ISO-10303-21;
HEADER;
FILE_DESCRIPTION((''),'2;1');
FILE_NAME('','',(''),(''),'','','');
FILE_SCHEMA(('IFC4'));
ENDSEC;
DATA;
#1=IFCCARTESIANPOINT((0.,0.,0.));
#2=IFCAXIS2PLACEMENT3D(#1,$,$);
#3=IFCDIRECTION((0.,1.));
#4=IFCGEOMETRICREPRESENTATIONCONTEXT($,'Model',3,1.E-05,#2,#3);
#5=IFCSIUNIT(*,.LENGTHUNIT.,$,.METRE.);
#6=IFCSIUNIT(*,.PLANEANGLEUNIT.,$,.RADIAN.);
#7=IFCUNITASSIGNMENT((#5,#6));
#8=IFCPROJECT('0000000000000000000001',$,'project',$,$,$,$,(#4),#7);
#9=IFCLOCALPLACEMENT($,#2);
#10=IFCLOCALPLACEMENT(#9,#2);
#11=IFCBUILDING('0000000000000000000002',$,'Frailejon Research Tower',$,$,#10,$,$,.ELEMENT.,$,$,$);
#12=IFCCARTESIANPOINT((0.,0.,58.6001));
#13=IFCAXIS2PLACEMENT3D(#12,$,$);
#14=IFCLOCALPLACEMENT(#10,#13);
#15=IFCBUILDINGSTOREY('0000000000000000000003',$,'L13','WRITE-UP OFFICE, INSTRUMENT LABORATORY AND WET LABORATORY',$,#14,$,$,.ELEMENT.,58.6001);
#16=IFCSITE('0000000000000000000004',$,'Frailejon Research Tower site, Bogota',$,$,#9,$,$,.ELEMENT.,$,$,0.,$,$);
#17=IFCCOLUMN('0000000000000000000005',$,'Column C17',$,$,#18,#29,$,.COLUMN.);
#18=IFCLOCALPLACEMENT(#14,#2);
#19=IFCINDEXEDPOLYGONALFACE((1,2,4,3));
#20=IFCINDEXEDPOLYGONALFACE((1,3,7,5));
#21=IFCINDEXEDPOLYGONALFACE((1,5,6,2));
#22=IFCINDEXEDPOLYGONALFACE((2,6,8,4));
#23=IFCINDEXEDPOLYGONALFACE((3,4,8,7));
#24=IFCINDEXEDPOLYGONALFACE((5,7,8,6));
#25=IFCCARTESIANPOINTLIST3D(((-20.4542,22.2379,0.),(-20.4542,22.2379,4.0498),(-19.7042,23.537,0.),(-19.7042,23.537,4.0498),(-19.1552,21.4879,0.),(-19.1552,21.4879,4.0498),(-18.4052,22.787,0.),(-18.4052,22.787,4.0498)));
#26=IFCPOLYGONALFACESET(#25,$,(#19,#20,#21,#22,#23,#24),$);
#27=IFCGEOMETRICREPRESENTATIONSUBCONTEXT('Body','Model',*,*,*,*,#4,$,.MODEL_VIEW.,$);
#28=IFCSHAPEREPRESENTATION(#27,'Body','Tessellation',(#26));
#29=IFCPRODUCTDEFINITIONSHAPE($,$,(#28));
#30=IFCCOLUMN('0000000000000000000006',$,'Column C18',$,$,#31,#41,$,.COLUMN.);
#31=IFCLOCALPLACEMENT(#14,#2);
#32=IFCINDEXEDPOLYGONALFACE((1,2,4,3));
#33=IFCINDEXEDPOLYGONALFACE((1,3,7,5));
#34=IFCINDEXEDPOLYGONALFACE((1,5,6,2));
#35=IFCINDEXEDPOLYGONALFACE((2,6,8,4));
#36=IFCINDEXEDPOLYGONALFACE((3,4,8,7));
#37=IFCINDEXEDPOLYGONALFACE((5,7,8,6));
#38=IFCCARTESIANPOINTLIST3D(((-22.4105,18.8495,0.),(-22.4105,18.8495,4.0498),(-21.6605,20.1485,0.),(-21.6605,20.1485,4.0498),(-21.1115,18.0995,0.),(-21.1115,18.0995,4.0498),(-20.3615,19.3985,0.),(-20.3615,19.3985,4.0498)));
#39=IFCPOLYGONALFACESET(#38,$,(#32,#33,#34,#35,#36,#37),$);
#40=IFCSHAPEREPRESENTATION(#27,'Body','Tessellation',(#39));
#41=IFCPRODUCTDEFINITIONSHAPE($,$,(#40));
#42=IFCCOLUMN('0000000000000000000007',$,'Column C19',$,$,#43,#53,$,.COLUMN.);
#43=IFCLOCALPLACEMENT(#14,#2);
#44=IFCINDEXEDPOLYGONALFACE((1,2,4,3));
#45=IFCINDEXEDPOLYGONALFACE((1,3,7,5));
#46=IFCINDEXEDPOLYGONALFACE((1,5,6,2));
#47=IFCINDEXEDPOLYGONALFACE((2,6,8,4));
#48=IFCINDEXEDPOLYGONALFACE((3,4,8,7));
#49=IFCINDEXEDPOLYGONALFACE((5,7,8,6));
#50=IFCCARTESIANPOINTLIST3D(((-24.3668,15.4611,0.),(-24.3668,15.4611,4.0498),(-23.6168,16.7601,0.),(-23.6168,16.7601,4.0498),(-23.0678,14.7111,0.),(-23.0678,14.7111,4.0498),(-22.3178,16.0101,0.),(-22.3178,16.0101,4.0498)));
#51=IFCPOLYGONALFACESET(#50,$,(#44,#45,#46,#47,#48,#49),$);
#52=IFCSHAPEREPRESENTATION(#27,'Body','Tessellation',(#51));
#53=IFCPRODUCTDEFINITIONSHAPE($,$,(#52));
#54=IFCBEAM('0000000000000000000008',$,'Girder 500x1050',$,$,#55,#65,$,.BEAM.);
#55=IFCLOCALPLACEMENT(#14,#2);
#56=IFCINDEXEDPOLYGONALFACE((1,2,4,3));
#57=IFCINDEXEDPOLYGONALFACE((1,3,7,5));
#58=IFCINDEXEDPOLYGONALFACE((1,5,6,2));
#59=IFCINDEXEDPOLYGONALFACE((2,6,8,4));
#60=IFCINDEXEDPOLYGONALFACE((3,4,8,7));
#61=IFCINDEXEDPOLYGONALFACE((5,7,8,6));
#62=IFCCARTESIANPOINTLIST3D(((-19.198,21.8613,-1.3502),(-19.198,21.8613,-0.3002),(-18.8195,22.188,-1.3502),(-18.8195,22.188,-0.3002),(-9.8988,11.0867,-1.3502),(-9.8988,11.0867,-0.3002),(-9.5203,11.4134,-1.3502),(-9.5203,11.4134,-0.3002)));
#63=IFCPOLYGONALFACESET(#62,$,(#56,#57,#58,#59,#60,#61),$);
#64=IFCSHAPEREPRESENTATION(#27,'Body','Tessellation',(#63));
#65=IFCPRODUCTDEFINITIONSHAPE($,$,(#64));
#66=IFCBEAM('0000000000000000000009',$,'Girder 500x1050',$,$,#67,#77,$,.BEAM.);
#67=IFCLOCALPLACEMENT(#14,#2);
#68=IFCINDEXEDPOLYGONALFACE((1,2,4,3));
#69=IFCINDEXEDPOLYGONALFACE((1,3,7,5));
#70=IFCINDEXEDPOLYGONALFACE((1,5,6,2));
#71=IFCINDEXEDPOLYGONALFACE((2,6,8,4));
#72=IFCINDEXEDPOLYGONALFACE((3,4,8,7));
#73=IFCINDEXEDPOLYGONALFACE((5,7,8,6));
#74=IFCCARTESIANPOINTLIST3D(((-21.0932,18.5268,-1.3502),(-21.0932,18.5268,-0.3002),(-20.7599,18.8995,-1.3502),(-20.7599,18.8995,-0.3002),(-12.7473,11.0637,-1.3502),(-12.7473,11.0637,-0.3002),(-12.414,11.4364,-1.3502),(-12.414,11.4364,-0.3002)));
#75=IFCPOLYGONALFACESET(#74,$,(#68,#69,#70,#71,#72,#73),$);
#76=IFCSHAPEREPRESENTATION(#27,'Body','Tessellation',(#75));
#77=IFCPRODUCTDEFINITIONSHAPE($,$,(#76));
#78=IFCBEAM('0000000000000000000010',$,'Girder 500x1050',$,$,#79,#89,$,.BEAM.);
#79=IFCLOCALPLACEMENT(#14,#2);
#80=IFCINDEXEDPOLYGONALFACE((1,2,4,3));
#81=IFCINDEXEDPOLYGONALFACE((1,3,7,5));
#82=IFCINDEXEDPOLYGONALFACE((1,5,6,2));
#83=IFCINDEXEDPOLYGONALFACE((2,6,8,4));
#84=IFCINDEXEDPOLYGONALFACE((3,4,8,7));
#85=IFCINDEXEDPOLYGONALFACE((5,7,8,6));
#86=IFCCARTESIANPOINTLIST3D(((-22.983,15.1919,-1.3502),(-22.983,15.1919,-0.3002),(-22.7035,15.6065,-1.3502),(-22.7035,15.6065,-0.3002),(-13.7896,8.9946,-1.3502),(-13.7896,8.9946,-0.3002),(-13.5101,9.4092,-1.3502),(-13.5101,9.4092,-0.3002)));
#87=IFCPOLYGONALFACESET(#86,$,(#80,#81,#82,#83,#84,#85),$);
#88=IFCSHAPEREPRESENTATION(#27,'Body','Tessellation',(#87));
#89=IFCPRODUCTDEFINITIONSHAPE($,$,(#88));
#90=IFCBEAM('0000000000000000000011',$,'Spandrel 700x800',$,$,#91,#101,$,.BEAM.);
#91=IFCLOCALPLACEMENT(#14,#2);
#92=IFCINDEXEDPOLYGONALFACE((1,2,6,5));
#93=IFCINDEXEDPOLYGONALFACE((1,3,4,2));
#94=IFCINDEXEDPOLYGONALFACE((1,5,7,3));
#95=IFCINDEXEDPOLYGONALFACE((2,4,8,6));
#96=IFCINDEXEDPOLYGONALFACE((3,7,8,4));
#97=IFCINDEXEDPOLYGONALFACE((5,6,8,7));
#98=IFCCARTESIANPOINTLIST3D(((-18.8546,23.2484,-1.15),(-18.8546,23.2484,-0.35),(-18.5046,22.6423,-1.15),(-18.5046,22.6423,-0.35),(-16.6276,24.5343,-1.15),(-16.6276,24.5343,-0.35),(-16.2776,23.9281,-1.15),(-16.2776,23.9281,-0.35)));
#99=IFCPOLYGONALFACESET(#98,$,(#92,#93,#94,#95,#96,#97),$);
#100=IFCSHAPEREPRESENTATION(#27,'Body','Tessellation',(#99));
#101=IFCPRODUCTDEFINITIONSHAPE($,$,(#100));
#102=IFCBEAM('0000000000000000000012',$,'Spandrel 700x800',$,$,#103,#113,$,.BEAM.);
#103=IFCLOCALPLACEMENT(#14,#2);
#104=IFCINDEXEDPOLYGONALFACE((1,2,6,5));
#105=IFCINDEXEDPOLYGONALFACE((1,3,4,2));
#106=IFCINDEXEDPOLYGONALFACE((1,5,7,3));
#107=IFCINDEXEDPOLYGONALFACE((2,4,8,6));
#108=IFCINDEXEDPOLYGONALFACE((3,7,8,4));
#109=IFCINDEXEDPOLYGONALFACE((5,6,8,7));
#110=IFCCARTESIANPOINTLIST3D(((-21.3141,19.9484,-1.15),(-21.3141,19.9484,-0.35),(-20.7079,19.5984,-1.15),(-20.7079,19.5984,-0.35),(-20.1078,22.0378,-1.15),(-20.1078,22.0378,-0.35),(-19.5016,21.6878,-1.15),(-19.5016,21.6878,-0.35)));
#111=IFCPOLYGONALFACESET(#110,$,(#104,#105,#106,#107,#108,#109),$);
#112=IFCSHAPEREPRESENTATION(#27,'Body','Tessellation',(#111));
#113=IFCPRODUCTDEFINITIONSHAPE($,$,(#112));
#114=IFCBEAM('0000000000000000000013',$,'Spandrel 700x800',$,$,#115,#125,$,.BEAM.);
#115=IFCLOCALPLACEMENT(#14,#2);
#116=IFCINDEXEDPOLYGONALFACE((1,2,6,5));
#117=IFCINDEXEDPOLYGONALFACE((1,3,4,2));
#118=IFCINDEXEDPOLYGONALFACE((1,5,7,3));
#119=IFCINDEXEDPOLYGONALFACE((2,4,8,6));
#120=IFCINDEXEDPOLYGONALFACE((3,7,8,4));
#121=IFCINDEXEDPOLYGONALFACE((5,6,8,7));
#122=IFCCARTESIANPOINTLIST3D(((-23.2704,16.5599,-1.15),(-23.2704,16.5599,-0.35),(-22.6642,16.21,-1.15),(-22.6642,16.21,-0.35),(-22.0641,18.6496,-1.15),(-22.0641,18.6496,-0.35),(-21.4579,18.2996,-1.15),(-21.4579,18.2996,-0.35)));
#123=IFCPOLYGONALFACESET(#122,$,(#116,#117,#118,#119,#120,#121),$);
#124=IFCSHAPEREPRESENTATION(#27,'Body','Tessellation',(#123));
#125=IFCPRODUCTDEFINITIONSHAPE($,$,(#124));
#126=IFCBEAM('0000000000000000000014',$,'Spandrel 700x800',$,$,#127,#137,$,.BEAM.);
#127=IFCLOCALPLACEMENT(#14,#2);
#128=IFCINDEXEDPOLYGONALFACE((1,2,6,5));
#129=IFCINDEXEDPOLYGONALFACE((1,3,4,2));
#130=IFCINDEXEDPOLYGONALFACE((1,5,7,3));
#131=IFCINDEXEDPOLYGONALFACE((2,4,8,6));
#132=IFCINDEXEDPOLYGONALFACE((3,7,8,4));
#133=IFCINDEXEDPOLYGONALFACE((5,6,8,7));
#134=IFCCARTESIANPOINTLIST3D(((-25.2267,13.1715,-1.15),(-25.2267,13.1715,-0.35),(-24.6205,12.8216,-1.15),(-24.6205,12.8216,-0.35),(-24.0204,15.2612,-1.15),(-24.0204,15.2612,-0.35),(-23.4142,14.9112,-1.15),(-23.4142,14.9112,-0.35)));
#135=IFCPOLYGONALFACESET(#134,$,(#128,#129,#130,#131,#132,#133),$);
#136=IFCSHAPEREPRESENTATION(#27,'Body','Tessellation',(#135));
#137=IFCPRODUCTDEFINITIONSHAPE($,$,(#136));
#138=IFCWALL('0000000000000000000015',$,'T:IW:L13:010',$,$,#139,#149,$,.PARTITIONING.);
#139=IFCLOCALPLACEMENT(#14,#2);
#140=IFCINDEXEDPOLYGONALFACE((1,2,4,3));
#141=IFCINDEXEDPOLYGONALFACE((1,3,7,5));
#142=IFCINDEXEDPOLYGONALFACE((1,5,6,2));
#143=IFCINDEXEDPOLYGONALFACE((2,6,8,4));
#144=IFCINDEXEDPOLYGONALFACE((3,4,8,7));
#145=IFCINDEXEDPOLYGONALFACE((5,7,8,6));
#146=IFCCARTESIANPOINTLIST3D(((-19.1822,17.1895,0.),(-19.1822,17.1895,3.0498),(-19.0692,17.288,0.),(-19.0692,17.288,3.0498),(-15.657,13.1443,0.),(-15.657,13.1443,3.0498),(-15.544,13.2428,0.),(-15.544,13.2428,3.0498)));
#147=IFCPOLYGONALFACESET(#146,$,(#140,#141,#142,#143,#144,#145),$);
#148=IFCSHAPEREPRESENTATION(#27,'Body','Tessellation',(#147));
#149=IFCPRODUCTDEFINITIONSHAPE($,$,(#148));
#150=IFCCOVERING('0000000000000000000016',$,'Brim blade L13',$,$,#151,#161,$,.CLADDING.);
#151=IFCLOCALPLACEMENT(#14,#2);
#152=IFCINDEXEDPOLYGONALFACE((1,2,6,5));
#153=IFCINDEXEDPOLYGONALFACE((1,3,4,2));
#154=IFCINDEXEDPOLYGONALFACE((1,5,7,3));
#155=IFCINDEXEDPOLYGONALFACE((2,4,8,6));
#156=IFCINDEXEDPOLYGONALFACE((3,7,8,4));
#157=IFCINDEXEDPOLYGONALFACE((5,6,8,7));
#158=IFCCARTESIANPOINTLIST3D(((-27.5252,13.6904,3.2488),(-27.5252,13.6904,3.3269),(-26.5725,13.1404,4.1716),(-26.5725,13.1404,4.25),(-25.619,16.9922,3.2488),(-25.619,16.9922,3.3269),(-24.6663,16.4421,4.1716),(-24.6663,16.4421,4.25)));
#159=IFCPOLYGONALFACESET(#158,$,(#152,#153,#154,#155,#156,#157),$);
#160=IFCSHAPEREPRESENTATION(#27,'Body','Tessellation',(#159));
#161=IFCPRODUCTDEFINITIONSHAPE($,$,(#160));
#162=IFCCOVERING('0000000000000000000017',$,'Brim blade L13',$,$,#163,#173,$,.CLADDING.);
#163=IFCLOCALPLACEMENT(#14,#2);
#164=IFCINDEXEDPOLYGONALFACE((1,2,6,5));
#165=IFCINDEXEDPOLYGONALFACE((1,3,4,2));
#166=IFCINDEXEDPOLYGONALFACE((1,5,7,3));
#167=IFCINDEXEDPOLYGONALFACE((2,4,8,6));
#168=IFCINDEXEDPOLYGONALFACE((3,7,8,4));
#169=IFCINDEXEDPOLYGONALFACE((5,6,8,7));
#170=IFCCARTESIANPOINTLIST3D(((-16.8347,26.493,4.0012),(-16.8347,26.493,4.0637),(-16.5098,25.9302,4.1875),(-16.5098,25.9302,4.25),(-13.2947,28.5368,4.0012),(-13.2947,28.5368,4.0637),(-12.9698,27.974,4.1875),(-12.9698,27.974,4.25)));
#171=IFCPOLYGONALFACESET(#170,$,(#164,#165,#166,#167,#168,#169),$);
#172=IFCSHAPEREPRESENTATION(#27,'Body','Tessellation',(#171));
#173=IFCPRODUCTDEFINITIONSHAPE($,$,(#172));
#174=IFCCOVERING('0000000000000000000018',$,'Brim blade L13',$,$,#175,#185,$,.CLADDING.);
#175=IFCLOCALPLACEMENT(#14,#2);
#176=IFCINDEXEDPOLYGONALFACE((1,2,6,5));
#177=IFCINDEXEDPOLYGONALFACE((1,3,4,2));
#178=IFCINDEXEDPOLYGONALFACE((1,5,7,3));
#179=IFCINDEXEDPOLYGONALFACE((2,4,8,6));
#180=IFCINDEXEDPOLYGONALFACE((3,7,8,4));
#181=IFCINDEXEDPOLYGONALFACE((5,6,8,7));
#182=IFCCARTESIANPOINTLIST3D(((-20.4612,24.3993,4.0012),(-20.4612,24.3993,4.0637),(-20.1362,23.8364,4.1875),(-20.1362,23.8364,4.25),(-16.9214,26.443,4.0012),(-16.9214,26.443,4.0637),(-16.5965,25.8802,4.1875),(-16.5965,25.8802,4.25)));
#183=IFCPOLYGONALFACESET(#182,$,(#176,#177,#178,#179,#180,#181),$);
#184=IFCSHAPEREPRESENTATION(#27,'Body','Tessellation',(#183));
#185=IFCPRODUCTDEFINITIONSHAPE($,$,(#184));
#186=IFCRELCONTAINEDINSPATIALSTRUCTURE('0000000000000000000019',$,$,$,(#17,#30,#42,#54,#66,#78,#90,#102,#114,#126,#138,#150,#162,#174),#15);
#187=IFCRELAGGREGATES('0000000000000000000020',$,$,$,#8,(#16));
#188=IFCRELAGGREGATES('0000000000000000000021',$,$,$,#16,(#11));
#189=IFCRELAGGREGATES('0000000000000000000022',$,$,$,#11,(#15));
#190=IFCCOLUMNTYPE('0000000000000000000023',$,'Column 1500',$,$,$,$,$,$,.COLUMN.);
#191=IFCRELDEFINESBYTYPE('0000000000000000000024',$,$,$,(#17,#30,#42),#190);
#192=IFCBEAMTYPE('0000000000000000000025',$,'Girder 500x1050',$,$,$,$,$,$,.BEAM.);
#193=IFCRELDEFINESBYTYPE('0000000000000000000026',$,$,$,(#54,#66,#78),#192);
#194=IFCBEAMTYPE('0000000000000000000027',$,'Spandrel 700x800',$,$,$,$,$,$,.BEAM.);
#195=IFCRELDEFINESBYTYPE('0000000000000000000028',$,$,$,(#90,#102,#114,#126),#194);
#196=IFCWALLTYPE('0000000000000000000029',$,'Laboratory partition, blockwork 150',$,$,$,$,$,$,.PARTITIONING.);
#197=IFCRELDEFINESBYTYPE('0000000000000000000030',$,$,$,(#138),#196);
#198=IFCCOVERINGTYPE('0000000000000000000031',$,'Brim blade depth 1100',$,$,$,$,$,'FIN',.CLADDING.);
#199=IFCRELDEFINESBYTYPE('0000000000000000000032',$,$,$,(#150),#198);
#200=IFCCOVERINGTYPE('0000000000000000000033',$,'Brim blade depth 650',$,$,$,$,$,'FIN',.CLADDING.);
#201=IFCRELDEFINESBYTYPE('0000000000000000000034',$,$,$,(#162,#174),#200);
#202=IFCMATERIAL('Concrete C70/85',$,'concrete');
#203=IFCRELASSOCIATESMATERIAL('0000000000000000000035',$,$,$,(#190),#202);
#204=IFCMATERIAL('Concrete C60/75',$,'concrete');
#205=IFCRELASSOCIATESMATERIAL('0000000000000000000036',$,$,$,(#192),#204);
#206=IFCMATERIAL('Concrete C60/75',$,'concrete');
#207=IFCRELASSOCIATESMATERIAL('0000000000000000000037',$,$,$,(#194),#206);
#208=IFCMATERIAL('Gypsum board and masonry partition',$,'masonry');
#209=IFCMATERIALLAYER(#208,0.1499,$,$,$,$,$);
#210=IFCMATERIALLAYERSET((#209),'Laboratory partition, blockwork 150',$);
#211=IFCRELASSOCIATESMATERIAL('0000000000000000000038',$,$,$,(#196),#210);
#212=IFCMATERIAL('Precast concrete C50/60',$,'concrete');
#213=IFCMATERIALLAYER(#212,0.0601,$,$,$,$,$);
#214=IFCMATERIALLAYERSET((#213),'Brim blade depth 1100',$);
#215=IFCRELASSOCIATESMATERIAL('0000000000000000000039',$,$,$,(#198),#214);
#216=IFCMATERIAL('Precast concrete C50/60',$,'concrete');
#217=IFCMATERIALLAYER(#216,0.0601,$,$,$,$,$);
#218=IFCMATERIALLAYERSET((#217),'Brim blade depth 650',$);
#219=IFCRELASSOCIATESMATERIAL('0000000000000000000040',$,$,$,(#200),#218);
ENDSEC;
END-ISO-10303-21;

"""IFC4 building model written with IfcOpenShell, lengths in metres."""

from ifc_helpers import new_model, si_unit, direction, frame, frame_2d, origin, origin_2d, place, context, subcontext, project, spatial, polyline, rectangle, outline, extrude, material, layer, layer_set, material_profile, profile_set, type_object, element, save


model = new_model("IFC4")

# Units and contexts
model_context = context("Model", 3, precision=1e-05, world=origin(), true_north=direction((0.0, 1.0)))
body_context = subcontext(model_context, "Body", "Model", "MODEL_VIEW")
ifc_project = project(units=[si_unit("LENGTHUNIT", "METRE"), si_unit("PLANEANGLEUNIT", "RADIAN")], contexts=[model_context])

# Site, building, storey
site_placement = place(None, origin())
site = spatial("IfcSite", under=ifc_project, at=site_placement, Name="Frailejon Research Tower site, Bogota", CompositionType="ELEMENT", RefElevation=0.0)
building_placement = place(site_placement, origin())
building = spatial("IfcBuilding", under=site, at=building_placement, Name="Frailejon Research Tower", CompositionType="ELEMENT")
storey_placement = place(building_placement, frame((0.0, 0.0, 58.6001)))
storey = spatial("IfcBuildingStorey", under=building, at=storey_placement, Name="L13", Description="WRITE-UP OFFICE, INSTRUMENT LABORATORY AND WET LABORATORY", CompositionType="ELEMENT", Elevation=58.6001)

# Columns
ifc_material_1 = material(Name="Concrete C70/85", Category="concrete")
ifc_material_profile_1 = material_profile(ifc_material_1, rectangle(XDim=1.5, YDim=1.5, at=origin_2d()), Name="Column 1500")
ifc_profile_set_1 = profile_set([ifc_material_profile_1], Name="Concrete C70/85")
column_type = type_object("IfcColumnType", Name="Column 1500", PredefinedType="COLUMN", material=ifc_profile_set_1)
for number, where, z_axis, x_axis, name in (
    (1, (-19.4297, 22.5125, 0.0), (0.0, 0.0, 1.0), (-0.5, -0.866025, 0.0), "Column C17"),
    (2, (-21.386, 19.124, 0.0), (0.0, 0.0, 1.0), (-0.5, -0.866025, 0.0), "Column C18"),
    (3, (-23.3423, 15.7356, 0.0), (0.0, 0.0, 1.0), (-0.5, -0.866025, 0.0), "Column C19"),
):
    element("IfcColumn", number, at=place(storey_placement, frame(where, z_axis=z_axis, x_axis=x_axis)), inside=storey, type_object=column_type, Name=name, PredefinedType="COLUMN", context=body_context, shape_type="SweptSolid", body=[
        extrude(rectangle(XDim=1.5, YDim=1.5, at=origin_2d()), origin(), (0.0, 0.0, 1.0), 4.0498),
    ])

# Beams
ifc_material_2 = material(Name="Concrete C60/75", Category="concrete")
ifc_material_profile_2 = material_profile(ifc_material_2, rectangle(XDim=0.5, YDim=1.05, at=origin_2d()), Name="Girder 500x1050")
ifc_profile_set_2 = profile_set([ifc_material_profile_2], Name="Concrete C60/75")
beam_type_1 = type_object("IfcBeamType", Name="Girder 500x1050", PredefinedType="BEAM", material=ifc_profile_set_2)
beam_1_placement = place(storey_placement, frame((-19.0088, 22.0247, -0.8252), z_axis=(0.653376, -0.757034, 0.0), x_axis=(0.757034, 0.653376, 0.0)))
element("IfcBeam", 4, at=beam_1_placement, inside=storey, type_object=beam_type_1, Name="Girder 500x1050", PredefinedType="BEAM", context=body_context, shape_type="SweptSolid", body=[
    extrude(rectangle(XDim=0.5, YDim=1.05, at=origin_2d()), origin(), (0.0, 0.0, 1.0), 14.2327),
])
beam_2_placement = place(storey_placement, frame((-20.9265, 18.7131, -0.8252), z_axis=(0.745432, -0.666582, 0.0), x_axis=(0.666582, 0.745432, 0.0)))
element("IfcBeam", 5, at=beam_2_placement, inside=storey, type_object=beam_type_1, Name="Girder 500x1050", PredefinedType="BEAM", context=body_context, shape_type="SweptSolid", body=[
    extrude(rectangle(XDim=0.5, YDim=1.05, at=origin_2d()), origin(), (0.0, 0.0, 1.0), 11.196),
])
beam_3_placement = place(storey_placement, frame((-22.8433, 15.3992, -0.8252), z_axis=(0.829194, -0.558961, 0.0), x_axis=(0.558961, 0.829194, 0.0)))
element("IfcBeam", 6, at=beam_3_placement, inside=storey, type_object=beam_type_1, Name="Girder 500x1050", PredefinedType="BEAM", context=body_context, shape_type="SweptSolid", body=[
    extrude(rectangle(XDim=0.5, YDim=1.05, at=origin_2d()), origin(), (0.0, 0.0, 1.0), 11.0872),
])
ifc_material_3 = material(Name="Concrete C60/75", Category="concrete")
ifc_material_profile_3 = material_profile(ifc_material_3, rectangle(XDim=0.7, YDim=0.8, at=origin_2d()), Name="Spandrel 700x800")
ifc_profile_set_3 = profile_set([ifc_material_profile_3], Name="Concrete C60/75")
beam_type_2 = type_object("IfcBeamType", Name="Spandrel 700x800", PredefinedType="BEAM", material=ifc_profile_set_3)
beam_4_placement = place(storey_placement, frame((-16.4526, 24.2312, -0.75), z_axis=(-0.866009, -0.500029, 0.0), x_axis=(0.500029, -0.866009, 0.0)))
element("IfcBeam", 7, at=beam_4_placement, inside=storey, type_object=beam_type_2, Name="Spandrel 700x800", PredefinedType="BEAM", context=body_context, shape_type="SweptSolid", body=[
    extrude(rectangle(XDim=0.7, YDim=0.8, at=origin_2d()), origin(), (0.0, 0.0, 1.0), 2.5715),
])
beam_5_placement = place(storey_placement, frame((-19.8047, 21.8628, -0.75), z_axis=(-0.500003, -0.866024, 0.0), x_axis=(0.866024, -0.500003, 0.0)))
element("IfcBeam", 8, at=beam_5_placement, inside=storey, type_object=beam_type_2, Name="Spandrel 700x800", PredefinedType="BEAM", context=body_context, shape_type="SweptSolid", body=[
    extrude(rectangle(XDim=0.7, YDim=0.8, at=origin_2d()), origin(), (0.0, 0.0, 1.0), 2.4126),
])
for number, where, z_axis, x_axis, name in (
    (9, (-21.761, 18.4746, -0.75), (-0.499959, -0.866049, 0.0), (0.866049, -0.499959, 0.0), "Spandrel 700x800"),
    (10, (-23.7173, 15.0862, -0.75), (-0.499959, -0.866049, 0.0), (0.866049, -0.499959, 0.0), "Spandrel 700x800"),
):
    element("IfcBeam", number, at=place(storey_placement, frame(where, z_axis=z_axis, x_axis=x_axis)), inside=storey, type_object=beam_type_2, Name=name, PredefinedType="BEAM", context=body_context, shape_type="SweptSolid", body=[
        extrude(rectangle(XDim=0.7, YDim=0.8, at=origin_2d()), origin(), (0.0, 0.0, 1.0), 2.4128),
    ])

# Wall
ifc_material_4 = material(Name="Gypsum board and masonry partition", Category="masonry")
ifc_layer_1 = layer(ifc_material_4, 0.1499)
ifc_layer_set_1 = layer_set([ifc_layer_1], Name="Laboratory partition, blockwork 150")
wall_type_1 = type_object("IfcWallType", Name="Laboratory partition, blockwork 150", PredefinedType="PARTITIONING", material=ifc_layer_set_1)
wall_1_placement = place(storey_placement, frame((-19.1257, 17.2388, 0.0), z_axis=(0.0, 0.0, 1.0), x_axis=(0.656986, -0.753903, 0.0)))
element("IfcWall", 11, at=wall_1_placement, inside=storey, type_object=wall_type_1, Name="T:IW:L13:010", PredefinedType="PARTITIONING", context=body_context, shape_type="SweptSolid", body=[
    extrude(rectangle(XDim=5.3657, YDim=0.1499, at=frame_2d((2.6829, 0.0))), origin(), (0.0, 0.0, 1.0), 3.0498),
])

# Coverings
ifc_material_5 = material(Name="Precast concrete C50/60", Category="concrete")
ifc_layer_2 = layer(ifc_material_5, 0.0601)
ifc_layer_set_2 = layer_set([ifc_layer_2], Name="Brim blade depth 1100")
covering_type_1 = type_object("IfcCoveringType", Name="Brim blade depth 1100", ElementType="FIN", PredefinedType="CLADDING", material=ifc_layer_set_2)
covering_1_placement = place(storey_placement, frame((-26.5725, 13.1404, 4.25), z_axis=(0.500001, 0.866025, 0.0), x_axis=(-0.866025, 0.500001, 0.0)))
element("IfcCovering", 12, at=covering_1_placement, inside=storey, type_object=covering_type_1, Name="Brim blade L13", PredefinedType="CLADDING", context=body_context, shape_type="SweptSolid", body=[
    extrude(outline(polyline([(0.0, -0.0784), (1.1001, -1.0012), (1.1001, -0.9231), (0.0, 0.0), (0.0, -0.0784)])), origin(), (0.0, 0.0, 1.0), 3.8125),
])
ifc_material_6 = material(Name="Precast concrete C50/60", Category="concrete")
ifc_layer_3 = layer(ifc_material_6, 0.0601)
ifc_layer_set_3 = layer_set([ifc_layer_3], Name="Brim blade depth 650")
covering_type_2 = type_object("IfcCoveringType", Name="Brim blade depth 650", ElementType="FIN", PredefinedType="CLADDING", material=ifc_layer_set_3)
covering_2_placement = place(storey_placement, frame((-16.5098, 25.9302, 4.25), z_axis=(0.866027, 0.499997, 0.0), x_axis=(-0.499997, 0.866027, 0.0)))
element("IfcCovering", 13, at=covering_2_placement, inside=storey, type_object=covering_type_2, Name="Brim blade L13", PredefinedType="CLADDING", context=body_context, shape_type="SweptSolid", body=[
    extrude(outline(polyline([(0.0, -0.0625), (0.6499, -0.2488), (0.6499, -0.1863), (0.0, 0.0), (0.0, -0.0625)])), origin(), (0.0, 0.0, 1.0), 4.0876),
])
covering_3_placement = place(storey_placement, frame((-20.1362, 23.8364, 4.25), z_axis=(0.866021, 0.500007, 0.0), x_axis=(-0.500007, 0.866021, 0.0)))
element("IfcCovering", 14, at=covering_3_placement, inside=storey, type_object=covering_type_2, Name="Brim blade L13", PredefinedType="CLADDING", context=body_context, shape_type="SweptSolid", body=[
    extrude(outline(polyline([(0.0, -0.0625), (0.6499, -0.2488), (0.6499, -0.1863), (0.0, 0.0), (0.0, -0.0625)])), origin(), (0.0, 0.0, 1.0), 4.0874),
])

save(model, "model.ifc")
